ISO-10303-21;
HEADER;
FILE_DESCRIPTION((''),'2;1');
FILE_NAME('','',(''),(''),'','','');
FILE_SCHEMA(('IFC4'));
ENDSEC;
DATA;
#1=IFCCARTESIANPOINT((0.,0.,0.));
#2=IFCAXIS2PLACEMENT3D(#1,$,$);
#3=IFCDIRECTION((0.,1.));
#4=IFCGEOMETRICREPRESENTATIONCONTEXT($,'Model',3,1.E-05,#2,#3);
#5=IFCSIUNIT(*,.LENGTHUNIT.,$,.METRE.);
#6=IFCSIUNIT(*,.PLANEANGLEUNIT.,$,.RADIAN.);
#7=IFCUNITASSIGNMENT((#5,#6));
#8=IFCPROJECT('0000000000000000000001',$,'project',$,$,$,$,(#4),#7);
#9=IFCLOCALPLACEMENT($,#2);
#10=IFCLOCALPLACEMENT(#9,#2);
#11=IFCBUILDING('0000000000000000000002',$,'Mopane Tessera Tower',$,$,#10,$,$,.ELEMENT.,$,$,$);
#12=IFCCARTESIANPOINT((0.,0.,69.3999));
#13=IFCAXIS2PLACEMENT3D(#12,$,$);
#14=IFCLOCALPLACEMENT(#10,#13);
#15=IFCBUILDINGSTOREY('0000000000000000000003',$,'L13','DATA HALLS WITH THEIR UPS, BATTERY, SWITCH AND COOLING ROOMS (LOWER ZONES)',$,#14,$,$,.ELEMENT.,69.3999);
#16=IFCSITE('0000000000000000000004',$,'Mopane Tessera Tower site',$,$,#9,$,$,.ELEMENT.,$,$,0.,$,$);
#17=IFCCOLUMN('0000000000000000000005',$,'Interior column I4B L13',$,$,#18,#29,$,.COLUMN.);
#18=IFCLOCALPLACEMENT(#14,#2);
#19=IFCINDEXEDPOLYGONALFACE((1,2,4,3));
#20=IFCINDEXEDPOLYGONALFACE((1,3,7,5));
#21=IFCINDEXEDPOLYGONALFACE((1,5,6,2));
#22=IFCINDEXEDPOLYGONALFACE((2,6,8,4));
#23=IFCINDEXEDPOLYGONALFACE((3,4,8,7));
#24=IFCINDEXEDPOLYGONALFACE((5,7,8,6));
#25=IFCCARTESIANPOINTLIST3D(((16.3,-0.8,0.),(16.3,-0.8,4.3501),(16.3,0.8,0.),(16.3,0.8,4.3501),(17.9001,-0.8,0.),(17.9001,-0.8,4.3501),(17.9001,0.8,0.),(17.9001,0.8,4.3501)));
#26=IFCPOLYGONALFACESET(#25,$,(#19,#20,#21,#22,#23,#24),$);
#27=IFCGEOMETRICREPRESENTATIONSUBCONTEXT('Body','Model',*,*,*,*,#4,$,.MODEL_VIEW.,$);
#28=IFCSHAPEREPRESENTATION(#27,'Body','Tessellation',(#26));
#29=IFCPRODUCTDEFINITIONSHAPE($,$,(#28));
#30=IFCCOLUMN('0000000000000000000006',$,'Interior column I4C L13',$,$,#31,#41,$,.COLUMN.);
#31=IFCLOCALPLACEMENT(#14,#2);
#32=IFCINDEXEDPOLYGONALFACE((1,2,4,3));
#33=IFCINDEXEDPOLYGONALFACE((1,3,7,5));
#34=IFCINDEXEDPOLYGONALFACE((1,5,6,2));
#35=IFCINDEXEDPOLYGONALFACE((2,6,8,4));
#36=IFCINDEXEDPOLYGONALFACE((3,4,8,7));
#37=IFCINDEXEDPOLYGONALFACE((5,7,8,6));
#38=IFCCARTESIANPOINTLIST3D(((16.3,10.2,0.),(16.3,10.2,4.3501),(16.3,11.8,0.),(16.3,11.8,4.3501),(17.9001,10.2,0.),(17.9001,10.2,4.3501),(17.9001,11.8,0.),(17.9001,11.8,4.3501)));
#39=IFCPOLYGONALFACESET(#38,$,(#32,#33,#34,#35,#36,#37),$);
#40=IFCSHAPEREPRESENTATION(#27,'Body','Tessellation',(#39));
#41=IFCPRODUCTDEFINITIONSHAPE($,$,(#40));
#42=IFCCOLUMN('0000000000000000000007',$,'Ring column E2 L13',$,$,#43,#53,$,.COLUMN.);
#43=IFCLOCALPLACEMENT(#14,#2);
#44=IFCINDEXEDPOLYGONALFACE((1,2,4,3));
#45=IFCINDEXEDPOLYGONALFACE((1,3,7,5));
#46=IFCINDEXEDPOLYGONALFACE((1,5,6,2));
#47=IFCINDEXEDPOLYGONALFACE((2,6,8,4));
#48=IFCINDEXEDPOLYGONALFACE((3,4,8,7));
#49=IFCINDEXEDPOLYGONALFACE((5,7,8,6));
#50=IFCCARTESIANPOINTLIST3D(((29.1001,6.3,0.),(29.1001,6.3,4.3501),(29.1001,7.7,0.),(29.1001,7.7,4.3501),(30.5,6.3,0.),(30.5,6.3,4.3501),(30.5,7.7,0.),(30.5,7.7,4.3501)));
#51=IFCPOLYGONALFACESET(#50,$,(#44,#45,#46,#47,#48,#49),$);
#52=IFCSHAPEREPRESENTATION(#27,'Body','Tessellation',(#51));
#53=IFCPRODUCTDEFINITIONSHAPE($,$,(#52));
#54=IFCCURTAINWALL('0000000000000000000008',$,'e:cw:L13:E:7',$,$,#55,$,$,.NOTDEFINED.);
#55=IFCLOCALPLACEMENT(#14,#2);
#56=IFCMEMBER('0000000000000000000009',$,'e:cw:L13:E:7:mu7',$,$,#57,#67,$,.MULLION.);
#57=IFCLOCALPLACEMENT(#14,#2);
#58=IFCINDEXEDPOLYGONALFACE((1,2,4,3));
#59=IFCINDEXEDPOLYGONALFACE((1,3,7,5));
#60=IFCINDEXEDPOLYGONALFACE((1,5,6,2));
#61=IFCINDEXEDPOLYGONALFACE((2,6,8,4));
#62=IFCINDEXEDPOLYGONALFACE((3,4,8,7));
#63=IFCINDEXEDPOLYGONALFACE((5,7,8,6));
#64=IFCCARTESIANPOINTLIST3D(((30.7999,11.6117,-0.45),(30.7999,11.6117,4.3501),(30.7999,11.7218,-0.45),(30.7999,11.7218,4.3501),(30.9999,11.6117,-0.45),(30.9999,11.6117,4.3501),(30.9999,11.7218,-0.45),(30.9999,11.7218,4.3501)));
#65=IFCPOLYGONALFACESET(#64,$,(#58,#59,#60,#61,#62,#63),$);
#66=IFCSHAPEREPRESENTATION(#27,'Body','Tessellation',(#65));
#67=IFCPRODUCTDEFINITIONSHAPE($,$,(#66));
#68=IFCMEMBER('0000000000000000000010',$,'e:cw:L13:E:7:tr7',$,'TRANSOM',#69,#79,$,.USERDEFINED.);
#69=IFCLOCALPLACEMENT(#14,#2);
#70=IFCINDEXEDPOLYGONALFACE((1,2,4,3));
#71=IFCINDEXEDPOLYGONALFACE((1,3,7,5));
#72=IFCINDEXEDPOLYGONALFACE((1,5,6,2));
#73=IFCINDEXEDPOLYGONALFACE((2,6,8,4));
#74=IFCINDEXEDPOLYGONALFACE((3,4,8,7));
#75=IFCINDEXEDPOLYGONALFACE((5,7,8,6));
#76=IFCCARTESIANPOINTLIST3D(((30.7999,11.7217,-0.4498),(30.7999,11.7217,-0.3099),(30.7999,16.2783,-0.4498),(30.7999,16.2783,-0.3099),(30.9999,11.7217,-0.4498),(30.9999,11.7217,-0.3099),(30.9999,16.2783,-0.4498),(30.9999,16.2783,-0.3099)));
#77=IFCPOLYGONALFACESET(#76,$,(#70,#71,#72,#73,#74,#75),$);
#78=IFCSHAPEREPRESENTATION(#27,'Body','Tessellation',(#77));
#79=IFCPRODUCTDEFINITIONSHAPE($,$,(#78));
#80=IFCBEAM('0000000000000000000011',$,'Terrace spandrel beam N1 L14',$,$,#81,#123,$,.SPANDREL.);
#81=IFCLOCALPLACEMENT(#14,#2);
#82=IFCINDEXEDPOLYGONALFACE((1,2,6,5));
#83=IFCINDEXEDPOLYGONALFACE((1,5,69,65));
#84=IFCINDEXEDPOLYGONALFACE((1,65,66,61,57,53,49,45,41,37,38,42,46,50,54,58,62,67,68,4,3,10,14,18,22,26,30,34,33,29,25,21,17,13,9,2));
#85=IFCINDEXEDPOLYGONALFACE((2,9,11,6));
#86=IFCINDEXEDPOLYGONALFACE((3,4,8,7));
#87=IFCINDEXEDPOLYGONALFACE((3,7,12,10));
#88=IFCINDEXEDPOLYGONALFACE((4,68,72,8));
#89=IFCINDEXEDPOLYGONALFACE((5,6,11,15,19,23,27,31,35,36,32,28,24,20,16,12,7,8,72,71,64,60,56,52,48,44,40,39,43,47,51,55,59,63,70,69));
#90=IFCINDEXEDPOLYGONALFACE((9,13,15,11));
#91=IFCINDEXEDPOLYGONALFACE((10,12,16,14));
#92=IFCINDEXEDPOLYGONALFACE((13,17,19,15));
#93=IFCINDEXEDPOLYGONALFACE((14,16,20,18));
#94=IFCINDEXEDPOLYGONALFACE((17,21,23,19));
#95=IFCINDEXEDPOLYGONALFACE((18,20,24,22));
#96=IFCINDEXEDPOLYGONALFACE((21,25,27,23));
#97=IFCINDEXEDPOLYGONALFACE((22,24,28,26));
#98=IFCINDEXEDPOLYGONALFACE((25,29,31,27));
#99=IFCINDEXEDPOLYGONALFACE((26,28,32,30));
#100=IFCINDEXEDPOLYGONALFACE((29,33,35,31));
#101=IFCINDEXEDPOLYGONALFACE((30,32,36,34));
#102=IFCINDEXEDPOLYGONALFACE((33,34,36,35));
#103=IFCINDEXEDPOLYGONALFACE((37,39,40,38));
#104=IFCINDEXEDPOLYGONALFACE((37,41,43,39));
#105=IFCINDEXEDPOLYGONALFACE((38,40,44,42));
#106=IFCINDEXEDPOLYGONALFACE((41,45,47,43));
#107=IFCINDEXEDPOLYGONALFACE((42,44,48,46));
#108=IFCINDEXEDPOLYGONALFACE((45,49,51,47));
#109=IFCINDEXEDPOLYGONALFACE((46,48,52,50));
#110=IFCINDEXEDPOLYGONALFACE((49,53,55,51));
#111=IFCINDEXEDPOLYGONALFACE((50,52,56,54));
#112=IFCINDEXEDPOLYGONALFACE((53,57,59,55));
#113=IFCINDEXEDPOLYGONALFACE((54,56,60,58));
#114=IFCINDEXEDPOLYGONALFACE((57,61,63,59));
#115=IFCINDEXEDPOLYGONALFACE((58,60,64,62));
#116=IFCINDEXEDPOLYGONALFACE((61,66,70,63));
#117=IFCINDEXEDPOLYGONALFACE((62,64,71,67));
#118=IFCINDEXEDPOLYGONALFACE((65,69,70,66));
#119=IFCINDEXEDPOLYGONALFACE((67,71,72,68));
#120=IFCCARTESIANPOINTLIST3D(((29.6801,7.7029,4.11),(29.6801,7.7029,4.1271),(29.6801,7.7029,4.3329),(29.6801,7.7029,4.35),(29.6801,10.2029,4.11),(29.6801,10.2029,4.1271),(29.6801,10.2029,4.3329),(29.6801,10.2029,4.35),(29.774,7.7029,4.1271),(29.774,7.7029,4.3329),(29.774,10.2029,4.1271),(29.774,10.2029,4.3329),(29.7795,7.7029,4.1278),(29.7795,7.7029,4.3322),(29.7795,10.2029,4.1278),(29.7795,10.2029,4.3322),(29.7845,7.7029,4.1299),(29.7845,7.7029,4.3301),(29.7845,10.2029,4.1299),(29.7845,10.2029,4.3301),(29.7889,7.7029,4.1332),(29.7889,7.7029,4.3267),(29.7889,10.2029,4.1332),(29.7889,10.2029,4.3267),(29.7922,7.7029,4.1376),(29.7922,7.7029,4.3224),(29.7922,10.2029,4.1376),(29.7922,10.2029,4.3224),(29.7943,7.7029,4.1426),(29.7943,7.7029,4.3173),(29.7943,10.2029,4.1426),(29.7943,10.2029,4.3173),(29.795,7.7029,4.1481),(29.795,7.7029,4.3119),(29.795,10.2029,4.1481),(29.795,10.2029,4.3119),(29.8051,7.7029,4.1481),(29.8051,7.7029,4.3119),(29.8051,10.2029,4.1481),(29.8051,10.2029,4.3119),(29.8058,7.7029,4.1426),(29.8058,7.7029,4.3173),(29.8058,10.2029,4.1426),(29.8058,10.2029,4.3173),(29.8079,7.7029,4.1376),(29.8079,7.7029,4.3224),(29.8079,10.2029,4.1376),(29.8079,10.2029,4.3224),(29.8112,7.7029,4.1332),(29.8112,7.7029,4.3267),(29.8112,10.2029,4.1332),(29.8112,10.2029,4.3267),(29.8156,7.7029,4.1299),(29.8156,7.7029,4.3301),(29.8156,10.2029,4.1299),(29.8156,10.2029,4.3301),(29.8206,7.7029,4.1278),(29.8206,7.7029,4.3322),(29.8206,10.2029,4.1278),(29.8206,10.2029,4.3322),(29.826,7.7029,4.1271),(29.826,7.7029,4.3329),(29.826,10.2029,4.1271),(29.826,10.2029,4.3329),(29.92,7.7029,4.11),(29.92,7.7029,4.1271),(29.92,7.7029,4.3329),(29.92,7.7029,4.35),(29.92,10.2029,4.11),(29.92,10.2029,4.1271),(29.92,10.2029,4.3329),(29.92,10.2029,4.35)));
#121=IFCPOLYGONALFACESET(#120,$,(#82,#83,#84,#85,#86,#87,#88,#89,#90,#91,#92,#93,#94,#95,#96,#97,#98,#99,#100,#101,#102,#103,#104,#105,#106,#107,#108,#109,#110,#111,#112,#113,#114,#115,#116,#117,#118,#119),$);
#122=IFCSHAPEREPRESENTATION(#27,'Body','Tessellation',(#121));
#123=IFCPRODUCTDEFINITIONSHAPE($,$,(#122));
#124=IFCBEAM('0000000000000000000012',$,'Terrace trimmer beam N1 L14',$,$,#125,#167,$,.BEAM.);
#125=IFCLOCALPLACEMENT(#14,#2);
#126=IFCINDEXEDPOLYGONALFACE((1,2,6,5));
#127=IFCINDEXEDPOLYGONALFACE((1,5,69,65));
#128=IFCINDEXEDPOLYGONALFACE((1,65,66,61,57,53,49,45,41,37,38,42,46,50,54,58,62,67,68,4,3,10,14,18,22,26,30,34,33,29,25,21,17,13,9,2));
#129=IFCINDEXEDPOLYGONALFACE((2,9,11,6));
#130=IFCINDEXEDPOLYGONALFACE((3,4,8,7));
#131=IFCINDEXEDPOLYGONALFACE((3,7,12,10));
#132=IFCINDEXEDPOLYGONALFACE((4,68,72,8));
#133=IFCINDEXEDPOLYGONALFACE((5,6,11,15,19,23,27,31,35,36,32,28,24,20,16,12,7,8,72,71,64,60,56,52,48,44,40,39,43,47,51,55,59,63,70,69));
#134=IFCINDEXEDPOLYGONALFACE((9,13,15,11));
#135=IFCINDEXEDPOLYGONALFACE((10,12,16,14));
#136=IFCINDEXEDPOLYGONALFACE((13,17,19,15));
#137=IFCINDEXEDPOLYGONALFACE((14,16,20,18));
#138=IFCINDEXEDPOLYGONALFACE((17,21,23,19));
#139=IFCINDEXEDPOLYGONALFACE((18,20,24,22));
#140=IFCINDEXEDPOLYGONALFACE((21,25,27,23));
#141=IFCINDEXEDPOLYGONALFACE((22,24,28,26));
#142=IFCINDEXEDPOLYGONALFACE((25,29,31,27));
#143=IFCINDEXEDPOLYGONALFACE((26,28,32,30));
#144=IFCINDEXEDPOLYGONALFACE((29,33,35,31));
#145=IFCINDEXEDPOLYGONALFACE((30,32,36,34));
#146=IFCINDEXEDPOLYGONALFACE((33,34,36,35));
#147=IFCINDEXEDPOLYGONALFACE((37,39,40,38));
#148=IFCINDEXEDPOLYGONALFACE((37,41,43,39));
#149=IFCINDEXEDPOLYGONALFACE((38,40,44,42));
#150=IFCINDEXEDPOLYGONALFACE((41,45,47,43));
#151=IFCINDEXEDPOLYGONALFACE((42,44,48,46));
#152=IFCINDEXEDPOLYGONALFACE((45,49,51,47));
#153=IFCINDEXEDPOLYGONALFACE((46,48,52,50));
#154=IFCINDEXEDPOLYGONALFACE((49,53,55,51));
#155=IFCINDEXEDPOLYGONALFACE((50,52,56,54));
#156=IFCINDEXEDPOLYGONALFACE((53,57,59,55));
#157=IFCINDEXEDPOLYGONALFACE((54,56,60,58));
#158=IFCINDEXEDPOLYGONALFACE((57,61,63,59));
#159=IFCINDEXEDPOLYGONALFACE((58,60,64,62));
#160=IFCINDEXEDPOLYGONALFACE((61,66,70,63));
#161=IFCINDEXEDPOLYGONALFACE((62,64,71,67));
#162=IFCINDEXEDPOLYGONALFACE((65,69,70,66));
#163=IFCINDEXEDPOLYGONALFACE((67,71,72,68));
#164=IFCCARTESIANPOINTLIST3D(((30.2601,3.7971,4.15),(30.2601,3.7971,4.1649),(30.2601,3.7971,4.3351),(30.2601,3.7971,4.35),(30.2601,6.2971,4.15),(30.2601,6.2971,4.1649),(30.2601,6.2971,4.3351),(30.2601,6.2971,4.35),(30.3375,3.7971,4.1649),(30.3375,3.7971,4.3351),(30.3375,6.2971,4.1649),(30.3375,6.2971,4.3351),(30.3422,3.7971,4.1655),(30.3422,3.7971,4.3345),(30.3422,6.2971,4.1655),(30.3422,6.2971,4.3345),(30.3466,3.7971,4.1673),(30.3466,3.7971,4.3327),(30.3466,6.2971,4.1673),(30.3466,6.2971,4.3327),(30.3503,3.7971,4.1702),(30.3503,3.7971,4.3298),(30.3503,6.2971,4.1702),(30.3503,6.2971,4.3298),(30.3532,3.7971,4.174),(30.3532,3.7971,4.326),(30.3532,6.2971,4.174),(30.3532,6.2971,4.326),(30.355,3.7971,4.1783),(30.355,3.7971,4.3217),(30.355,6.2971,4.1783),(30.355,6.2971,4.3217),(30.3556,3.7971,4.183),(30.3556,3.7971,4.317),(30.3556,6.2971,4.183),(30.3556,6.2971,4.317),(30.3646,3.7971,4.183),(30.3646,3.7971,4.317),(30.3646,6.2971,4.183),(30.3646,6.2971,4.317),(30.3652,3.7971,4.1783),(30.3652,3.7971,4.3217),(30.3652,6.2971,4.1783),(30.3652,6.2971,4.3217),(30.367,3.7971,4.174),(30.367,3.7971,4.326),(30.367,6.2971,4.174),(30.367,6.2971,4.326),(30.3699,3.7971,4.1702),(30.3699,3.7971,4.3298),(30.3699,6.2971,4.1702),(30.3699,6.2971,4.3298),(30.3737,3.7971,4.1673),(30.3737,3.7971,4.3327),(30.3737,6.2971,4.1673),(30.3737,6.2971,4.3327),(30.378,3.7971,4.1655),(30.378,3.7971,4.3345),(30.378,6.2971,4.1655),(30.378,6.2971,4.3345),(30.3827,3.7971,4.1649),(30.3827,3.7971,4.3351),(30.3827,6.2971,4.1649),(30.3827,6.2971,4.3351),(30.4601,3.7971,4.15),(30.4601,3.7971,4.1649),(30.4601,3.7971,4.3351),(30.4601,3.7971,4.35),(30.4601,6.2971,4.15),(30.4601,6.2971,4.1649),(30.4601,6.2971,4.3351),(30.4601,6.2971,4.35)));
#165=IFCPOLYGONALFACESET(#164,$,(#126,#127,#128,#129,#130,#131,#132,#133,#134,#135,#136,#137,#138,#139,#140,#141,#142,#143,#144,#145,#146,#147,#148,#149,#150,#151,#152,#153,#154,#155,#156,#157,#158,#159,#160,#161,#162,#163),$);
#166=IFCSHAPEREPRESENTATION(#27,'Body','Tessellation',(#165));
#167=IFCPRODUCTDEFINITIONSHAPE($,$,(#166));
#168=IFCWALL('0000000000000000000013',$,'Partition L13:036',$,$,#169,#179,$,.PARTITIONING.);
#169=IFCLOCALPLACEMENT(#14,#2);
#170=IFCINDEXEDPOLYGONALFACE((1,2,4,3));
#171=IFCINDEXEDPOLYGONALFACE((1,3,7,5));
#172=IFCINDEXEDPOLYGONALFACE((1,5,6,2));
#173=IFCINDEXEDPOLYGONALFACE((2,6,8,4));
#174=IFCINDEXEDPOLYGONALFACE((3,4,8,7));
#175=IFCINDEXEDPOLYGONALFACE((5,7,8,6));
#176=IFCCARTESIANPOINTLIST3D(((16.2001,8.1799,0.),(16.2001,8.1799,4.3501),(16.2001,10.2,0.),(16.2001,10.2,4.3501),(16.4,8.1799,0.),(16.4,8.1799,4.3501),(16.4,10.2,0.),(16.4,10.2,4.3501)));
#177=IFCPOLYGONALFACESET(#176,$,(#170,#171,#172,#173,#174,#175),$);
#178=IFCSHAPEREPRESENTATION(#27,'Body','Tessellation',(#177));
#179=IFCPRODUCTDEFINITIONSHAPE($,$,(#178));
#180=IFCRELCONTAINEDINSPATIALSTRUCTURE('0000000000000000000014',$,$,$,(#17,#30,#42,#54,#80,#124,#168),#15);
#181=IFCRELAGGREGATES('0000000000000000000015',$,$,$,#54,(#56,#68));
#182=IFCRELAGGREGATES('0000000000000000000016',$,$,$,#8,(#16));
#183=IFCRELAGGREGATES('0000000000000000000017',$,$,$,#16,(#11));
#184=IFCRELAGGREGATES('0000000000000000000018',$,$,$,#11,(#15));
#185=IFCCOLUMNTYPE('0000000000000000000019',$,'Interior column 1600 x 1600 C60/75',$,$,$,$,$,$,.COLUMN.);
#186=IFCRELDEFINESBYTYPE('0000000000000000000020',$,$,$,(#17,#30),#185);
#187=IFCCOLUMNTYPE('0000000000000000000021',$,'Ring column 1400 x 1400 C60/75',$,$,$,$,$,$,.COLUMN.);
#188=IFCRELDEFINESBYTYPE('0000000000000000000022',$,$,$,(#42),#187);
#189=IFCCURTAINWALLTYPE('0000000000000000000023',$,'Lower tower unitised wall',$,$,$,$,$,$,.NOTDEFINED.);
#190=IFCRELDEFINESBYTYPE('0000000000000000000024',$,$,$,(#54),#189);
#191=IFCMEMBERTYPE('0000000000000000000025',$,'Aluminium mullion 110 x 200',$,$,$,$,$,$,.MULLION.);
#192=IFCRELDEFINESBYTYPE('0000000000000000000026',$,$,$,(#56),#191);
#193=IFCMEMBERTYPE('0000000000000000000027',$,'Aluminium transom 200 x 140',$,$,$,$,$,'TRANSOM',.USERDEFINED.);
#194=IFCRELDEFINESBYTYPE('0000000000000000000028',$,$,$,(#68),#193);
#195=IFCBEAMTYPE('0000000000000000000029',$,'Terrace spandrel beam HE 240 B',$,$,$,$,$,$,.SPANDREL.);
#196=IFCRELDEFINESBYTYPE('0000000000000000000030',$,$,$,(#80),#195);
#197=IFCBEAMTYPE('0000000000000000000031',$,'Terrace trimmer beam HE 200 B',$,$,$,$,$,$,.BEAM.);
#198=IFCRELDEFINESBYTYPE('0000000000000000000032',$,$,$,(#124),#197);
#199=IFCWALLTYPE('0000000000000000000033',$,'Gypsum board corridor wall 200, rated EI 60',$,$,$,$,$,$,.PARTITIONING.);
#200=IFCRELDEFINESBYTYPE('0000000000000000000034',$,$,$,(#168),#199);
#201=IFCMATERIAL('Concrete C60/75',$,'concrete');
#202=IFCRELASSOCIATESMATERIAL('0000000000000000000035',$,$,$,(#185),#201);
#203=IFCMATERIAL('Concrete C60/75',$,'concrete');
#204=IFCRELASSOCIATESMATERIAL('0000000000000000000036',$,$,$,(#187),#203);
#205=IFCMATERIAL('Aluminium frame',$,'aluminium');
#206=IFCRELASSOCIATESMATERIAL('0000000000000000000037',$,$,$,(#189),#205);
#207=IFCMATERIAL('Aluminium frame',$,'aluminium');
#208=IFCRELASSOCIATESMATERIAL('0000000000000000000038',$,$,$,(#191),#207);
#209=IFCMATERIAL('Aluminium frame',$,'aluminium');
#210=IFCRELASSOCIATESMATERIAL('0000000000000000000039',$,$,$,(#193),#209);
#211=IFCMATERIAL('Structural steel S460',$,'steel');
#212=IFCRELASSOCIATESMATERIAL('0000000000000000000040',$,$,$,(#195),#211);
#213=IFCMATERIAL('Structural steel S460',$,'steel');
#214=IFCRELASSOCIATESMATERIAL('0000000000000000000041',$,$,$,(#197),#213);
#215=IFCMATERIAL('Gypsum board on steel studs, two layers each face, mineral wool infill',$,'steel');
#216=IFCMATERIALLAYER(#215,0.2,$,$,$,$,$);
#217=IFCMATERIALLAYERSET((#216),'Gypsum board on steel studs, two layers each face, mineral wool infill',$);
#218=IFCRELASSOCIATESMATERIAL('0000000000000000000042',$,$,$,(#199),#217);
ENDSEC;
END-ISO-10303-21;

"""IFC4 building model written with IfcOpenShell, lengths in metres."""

from ifc_helpers import new_model, si_unit, direction, frame, frame_2d, origin, origin_2d, place, context, subcontext, project, spatial, rectangle, i_section, extrude, material, layer, layer_set, material_profile, profile_set, type_object, element, aggregate, save


model = new_model("IFC4")

# Units and contexts
model_context = context("Model", 3, precision=1e-05, world=origin(), true_north=direction((0.0, 1.0)))
body_context = subcontext(model_context, "Body", "Model", "MODEL_VIEW")
ifc_project = project(units=[si_unit("LENGTHUNIT", "METRE"), si_unit("PLANEANGLEUNIT", "RADIAN")], contexts=[model_context])

# Site, building, storey
site_placement = place(None, origin())
site = spatial("IfcSite", under=ifc_project, at=site_placement, Name="Mopane Tessera Tower site", CompositionType="ELEMENT", RefElevation=0.0)
building_placement = place(site_placement, origin())
building = spatial("IfcBuilding", under=site, at=building_placement, Name="Mopane Tessera Tower", CompositionType="ELEMENT")
storey_placement = place(building_placement, frame((0.0, 0.0, 69.3999)))
storey = spatial("IfcBuildingStorey", under=building, at=storey_placement, Name="L13", Description="DATA HALLS WITH THEIR UPS, BATTERY, SWITCH AND COOLING ROOMS (LOWER ZONES)", CompositionType="ELEMENT", Elevation=69.3999)

# Columns
ifc_material_1 = material(Name="Concrete C60/75", Category="concrete")
ifc_material_profile_1 = material_profile(ifc_material_1, rectangle(XDim=1.6001, YDim=1.6001, at=origin_2d()))
ifc_profile_set_1 = profile_set([ifc_material_profile_1], Name="Concrete C60/75")
column_type_1 = type_object("IfcColumnType", Name="Interior column 1600 x 1600 C60/75", PredefinedType="COLUMN", material=ifc_profile_set_1)
for number, where, z_axis, x_axis, name in (
    (1, (17.1001, 0.0, 0.0), (0.0, 0.0, 1.0), (1.0, 0.0, 0.0), "Interior column I4B L13"),
    (2, (17.1001, 11.0, 0.0), (0.0, 0.0, 1.0), (1.0, 0.0, 0.0), "Interior column I4C L13"),
):
    element("IfcColumn", number, at=place(storey_placement, frame(where, z_axis=z_axis, x_axis=x_axis)), inside=storey, type_object=column_type_1, Name=name, PredefinedType="COLUMN", context=body_context, shape_type="SweptSolid", body=[
        extrude(rectangle(XDim=1.6001, YDim=1.6001, at=origin_2d()), origin(), (0.0, 0.0, 1.0), 4.3501),
    ])
ifc_material_2 = material(Name="Concrete C60/75", Category="concrete")
ifc_material_profile_2 = material_profile(ifc_material_2, rectangle(XDim=1.3999, YDim=1.3999, at=origin_2d()))
ifc_profile_set_2 = profile_set([ifc_material_profile_2], Name="Concrete C60/75")
column_type_2 = type_object("IfcColumnType", Name="Ring column 1400 x 1400 C60/75", PredefinedType="COLUMN", material=ifc_profile_set_2)
column_placement = place(storey_placement, frame((29.8, 7.0, 0.0), z_axis=(0.0, 0.0, 1.0), x_axis=(1.0, 0.0, 0.0)))
element("IfcColumn", 3, at=column_placement, inside=storey, type_object=column_type_2, Name="Ring column E2 L13", PredefinedType="COLUMN", context=body_context, shape_type="SweptSolid", body=[
    extrude(rectangle(XDim=1.3999, YDim=1.3999, at=origin_2d()), origin(), (0.0, 0.0, 1.0), 4.3501),
])

# Curtain wall, members
ifc_material_3 = material(Name="Aluminium frame", Category="aluminium")
curtain_wall_type = type_object("IfcCurtainWallType", Name="Lower tower unitised wall", PredefinedType="NOTDEFINED", material=ifc_material_3)
curtain_wall_placement = place(storey_placement, origin())
curtain_wall = element("IfcCurtainWall", 4, at=curtain_wall_placement, inside=storey, type_object=curtain_wall_type, Name="e:cw:L13:E:7", PredefinedType="NOTDEFINED")
ifc_material_4 = material(Name="Aluminium frame", Category="aluminium")
ifc_material_profile_3 = material_profile(ifc_material_4, rectangle(XDim=0.1101, YDim=0.2, at=origin_2d()))
ifc_profile_set_3 = profile_set([ifc_material_profile_3], Name="Aluminium frame")
member_type_1 = type_object("IfcMemberType", Name="Aluminium mullion 110 x 200", PredefinedType="MULLION", material=ifc_profile_set_3)
member_1_placement = place(storey_placement, frame((30.8999, 11.6667, -0.45), z_axis=(0.0, 0.0, 1.0), x_axis=(0.0, 1.0, 0.0)))
member_1 = element("IfcMember", 5, at=member_1_placement, type_object=member_type_1, Name="e:cw:L13:E:7:mu7", PredefinedType="MULLION", context=body_context, shape_type="SweptSolid", body=[
    extrude(rectangle(XDim=0.1101, YDim=0.2, at=origin_2d()), origin(), (0.0, 0.0, 1.0), 4.8),
])
ifc_material_5 = material(Name="Aluminium frame", Category="aluminium")
ifc_material_profile_4 = material_profile(ifc_material_5, rectangle(XDim=0.2, YDim=0.1399, at=origin_2d()))
ifc_profile_set_4 = profile_set([ifc_material_profile_4], Name="Aluminium frame")
member_type_2 = type_object("IfcMemberType", Name="Aluminium transom 200 x 140", ElementType="TRANSOM", PredefinedType="USERDEFINED", material=ifc_profile_set_4)
member_2_placement = place(storey_placement, frame((30.8999, 11.7217, -0.3799), z_axis=(0.0, 1.0, 0.0), x_axis=(-1.0, 0.0, 0.0)))
member_2 = element("IfcMember", 6, at=member_2_placement, type_object=member_type_2, Name="e:cw:L13:E:7:tr7", ObjectType="TRANSOM", PredefinedType="USERDEFINED", context=body_context, shape_type="SweptSolid", body=[
    extrude(rectangle(XDim=0.2, YDim=0.1399, at=origin_2d()), origin(), (0.0, 0.0, 1.0), 4.5566),
])
aggregate(curtain_wall, [member_1, member_2])

# Beams
ifc_material_6 = material(Name="Structural steel S460", Category="steel")
ifc_material_profile_5 = material_profile(ifc_material_6, i_section(OverallWidth=0.24, OverallDepth=0.24, WebThickness=0.01, FlangeThickness=0.0171, FilletRadius=0.021, at=origin_2d()))
ifc_profile_set_5 = profile_set([ifc_material_profile_5], Name="Structural steel S460")
beam_type_1 = type_object("IfcBeamType", Name="Terrace spandrel beam HE 240 B", PredefinedType="SPANDREL", material=ifc_profile_set_5)
beam_1_placement = place(storey_placement, frame((29.8, 7.7029, 4.23), z_axis=(0.0, 1.0, 0.0), x_axis=(-1.0, 0.0, 0.0)))
element("IfcBeam", 7, at=beam_1_placement, inside=storey, type_object=beam_type_1, Name="Terrace spandrel beam N1 L14", PredefinedType="SPANDREL", context=body_context, shape_type="SweptSolid", body=[
    extrude(i_section(OverallWidth=0.24, OverallDepth=0.24, WebThickness=0.01, FlangeThickness=0.0171, FilletRadius=0.021, at=origin_2d()), origin(), (0.0, 0.0, 1.0), 2.5),
])
ifc_material_7 = material(Name="Structural steel S460", Category="steel")
ifc_material_profile_6 = material_profile(ifc_material_7, i_section(OverallWidth=0.2, OverallDepth=0.2, WebThickness=0.009, FlangeThickness=0.0149, FilletRadius=0.0181, at=origin_2d()))
ifc_profile_set_6 = profile_set([ifc_material_profile_6], Name="Structural steel S460")
beam_type_2 = type_object("IfcBeamType", Name="Terrace trimmer beam HE 200 B", PredefinedType="BEAM", material=ifc_profile_set_6)
beam_2_placement = place(storey_placement, frame((30.3601, 6.2971, 4.25), z_axis=(0.0, -1.0, 0.0), x_axis=(1.0, 0.0, 0.0)))
element("IfcBeam", 8, at=beam_2_placement, inside=storey, type_object=beam_type_2, Name="Terrace trimmer beam N1 L14", PredefinedType="BEAM", context=body_context, shape_type="SweptSolid", body=[
    extrude(i_section(OverallWidth=0.2, OverallDepth=0.2, WebThickness=0.009, FlangeThickness=0.0149, FilletRadius=0.0181, at=origin_2d()), origin(), (0.0, 0.0, 1.0), 2.5),
])

# Wall
ifc_material_8 = material(Name="Gypsum board on steel studs, two layers each face, mineral wool infill", Category="steel")
ifc_layer_1 = layer(ifc_material_8, 0.2)
ifc_layer_set_1 = layer_set([ifc_layer_1], Name="Gypsum board on steel studs, two layers each face, mineral wool infill")
wall_type_1 = type_object("IfcWallType", Name="Gypsum board corridor wall 200, rated EI 60", PredefinedType="PARTITIONING", material=ifc_layer_set_1)
wall_1_placement = place(storey_placement, frame((16.3, 8.1799, 0.0), z_axis=(0.0, 0.0, 1.0), x_axis=(0.0, 1.0, 0.0)))
element("IfcWall", 9, at=wall_1_placement, inside=storey, type_object=wall_type_1, Name="Partition L13:036", PredefinedType="PARTITIONING", context=body_context, shape_type="SweptSolid", body=[
    extrude(rectangle(XDim=2.02, YDim=0.2, at=frame_2d((1.01, 0.0))), origin(), (0.0, 0.0, 1.0), 4.3501),
])

save(model, "model.ifc")
